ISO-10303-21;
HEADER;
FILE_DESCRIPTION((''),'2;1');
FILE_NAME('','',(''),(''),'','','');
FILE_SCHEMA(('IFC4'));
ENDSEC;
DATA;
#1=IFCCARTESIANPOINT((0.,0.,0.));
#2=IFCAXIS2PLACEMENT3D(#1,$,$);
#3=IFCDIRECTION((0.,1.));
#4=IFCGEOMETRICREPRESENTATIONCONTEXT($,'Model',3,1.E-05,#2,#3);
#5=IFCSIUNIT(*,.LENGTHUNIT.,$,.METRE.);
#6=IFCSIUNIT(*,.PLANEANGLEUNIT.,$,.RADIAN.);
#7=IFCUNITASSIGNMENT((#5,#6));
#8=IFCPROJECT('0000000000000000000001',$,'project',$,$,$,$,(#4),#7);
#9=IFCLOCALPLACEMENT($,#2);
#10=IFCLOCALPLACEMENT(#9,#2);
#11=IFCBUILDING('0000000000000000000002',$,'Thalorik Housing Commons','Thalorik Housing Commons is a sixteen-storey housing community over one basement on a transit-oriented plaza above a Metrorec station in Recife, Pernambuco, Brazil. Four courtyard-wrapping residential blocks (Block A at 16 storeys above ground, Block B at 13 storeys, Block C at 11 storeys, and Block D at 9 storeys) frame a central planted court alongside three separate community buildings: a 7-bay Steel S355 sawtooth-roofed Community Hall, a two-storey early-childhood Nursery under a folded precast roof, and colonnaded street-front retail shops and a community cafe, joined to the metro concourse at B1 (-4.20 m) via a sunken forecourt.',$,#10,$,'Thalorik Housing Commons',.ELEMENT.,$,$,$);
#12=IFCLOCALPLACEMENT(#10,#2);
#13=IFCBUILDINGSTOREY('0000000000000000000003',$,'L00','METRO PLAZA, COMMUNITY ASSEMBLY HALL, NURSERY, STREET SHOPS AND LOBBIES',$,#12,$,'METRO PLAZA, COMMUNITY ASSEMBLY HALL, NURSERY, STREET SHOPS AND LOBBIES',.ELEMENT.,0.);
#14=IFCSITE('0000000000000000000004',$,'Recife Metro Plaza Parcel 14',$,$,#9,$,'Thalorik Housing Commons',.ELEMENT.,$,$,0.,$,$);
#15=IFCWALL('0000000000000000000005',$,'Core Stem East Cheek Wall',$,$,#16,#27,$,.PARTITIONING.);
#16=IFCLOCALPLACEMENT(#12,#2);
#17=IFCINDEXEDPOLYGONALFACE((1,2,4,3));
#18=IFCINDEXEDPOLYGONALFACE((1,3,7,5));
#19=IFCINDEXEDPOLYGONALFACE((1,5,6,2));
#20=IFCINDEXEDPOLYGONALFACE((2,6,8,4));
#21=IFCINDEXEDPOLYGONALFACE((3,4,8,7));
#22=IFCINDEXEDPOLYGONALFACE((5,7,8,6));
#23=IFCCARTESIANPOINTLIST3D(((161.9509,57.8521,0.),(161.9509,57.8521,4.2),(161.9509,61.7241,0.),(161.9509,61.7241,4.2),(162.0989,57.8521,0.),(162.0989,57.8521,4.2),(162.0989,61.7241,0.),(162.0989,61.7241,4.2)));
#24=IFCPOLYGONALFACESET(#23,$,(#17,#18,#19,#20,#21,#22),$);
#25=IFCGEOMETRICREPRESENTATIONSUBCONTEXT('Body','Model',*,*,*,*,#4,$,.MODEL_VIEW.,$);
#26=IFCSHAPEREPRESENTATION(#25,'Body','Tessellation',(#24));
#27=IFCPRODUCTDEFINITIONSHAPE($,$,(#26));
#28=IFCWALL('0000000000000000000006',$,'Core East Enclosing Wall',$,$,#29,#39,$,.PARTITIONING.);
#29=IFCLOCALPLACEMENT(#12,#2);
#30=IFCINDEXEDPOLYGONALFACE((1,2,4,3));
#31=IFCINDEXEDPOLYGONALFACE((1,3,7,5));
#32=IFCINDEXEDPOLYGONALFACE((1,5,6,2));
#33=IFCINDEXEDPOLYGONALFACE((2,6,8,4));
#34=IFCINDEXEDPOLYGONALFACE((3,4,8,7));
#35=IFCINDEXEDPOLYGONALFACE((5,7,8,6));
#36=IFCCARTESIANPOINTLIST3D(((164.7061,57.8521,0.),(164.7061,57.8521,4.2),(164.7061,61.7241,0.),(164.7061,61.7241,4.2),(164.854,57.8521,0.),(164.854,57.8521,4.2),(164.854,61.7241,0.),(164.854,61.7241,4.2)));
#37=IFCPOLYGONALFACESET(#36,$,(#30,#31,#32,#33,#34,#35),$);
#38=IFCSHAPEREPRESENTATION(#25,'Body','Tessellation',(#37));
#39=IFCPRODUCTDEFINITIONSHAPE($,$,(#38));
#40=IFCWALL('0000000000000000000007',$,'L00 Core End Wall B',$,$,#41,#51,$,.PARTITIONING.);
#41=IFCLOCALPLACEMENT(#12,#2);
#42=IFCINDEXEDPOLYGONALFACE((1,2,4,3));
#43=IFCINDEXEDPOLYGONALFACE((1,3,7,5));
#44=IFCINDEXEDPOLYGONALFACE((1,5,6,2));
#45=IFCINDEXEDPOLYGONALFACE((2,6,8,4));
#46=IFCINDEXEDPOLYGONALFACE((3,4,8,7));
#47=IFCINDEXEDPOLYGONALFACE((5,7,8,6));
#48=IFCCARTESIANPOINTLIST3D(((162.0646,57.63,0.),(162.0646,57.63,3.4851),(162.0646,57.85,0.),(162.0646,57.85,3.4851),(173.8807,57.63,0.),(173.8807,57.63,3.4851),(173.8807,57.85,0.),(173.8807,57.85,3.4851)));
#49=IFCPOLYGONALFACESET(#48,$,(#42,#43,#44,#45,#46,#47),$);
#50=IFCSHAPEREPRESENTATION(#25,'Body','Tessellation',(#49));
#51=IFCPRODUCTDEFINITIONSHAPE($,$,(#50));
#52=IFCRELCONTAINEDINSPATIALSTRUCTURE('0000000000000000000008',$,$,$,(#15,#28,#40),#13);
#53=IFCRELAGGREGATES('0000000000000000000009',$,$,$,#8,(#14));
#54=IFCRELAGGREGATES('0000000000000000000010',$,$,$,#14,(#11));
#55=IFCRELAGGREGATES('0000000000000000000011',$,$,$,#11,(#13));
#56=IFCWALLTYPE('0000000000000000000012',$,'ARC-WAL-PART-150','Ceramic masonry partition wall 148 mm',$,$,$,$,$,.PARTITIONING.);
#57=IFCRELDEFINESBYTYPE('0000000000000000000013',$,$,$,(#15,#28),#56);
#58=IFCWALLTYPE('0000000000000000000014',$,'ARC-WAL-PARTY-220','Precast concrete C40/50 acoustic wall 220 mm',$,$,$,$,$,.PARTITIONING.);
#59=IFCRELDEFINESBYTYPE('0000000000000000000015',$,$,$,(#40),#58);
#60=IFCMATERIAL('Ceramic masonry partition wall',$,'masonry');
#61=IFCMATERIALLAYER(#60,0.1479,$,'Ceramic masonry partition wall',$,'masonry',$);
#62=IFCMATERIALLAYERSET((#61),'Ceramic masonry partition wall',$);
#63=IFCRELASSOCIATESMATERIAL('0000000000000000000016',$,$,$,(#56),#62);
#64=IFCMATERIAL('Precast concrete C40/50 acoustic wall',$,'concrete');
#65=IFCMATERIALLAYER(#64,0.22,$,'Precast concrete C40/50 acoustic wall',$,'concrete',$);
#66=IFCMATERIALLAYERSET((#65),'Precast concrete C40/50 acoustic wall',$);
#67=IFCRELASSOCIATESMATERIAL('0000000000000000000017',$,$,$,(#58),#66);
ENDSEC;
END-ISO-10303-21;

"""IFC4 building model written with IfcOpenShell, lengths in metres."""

from ifc_helpers import new_model, si_unit, direction, frame, frame_2d, origin, place, context, subcontext, project, spatial, rectangle, extrude, material, layer, layer_set, type_object, element, save


model = new_model("IFC4")

# Units and contexts
model_context = context("Model", 3, precision=1e-05, world=origin(), true_north=direction((0.0, 1.0)))
body_context = subcontext(model_context, "Body", "Model", "MODEL_VIEW")
ifc_project = project(units=[si_unit("LENGTHUNIT", "METRE"), si_unit("PLANEANGLEUNIT", "RADIAN")], contexts=[model_context])

# Site, building, storey
site_placement = place(None, origin())
site = spatial("IfcSite", under=ifc_project, at=site_placement, Name="Recife Metro Plaza Parcel 14", LongName="Thalorik Housing Commons", CompositionType="ELEMENT", RefElevation=0.0)
building_placement = place(site_placement, origin())
building = spatial("IfcBuilding", under=site, at=building_placement, Name="Thalorik Housing Commons", Description="Thalorik Housing Commons is a sixteen-storey housing community over one basement on a transit-oriented plaza above a Metrorec station in Recife, Pernambuco, Brazil. Four courtyard-wrapping residential blocks (Block A at 16 storeys above ground, Block B at 13 storeys, Block C at 11 storeys, and Block D at 9 storeys) frame a central planted court alongside three separate community buildings: a 7-bay Steel S355 sawtooth-roofed Community Hall, a two-storey early-childhood Nursery under a folded precast roof, and colonnaded street-front retail shops and a community cafe, joined to the metro concourse at B1 (-4.20 m) via a sunken forecourt.", LongName="Thalorik Housing Commons", CompositionType="ELEMENT")
storey_placement = place(building_placement, origin())
storey = spatial("IfcBuildingStorey", under=building, at=storey_placement, Name="L00", Description="METRO PLAZA, COMMUNITY ASSEMBLY HALL, NURSERY, STREET SHOPS AND LOBBIES", LongName="METRO PLAZA, COMMUNITY ASSEMBLY HALL, NURSERY, STREET SHOPS AND LOBBIES", CompositionType="ELEMENT", Elevation=0.0)

# Walls
ifc_material_1 = material(Name="Ceramic masonry partition wall", Category="masonry")
ifc_layer_1 = layer(ifc_material_1, 0.1479, Name="Ceramic masonry partition wall", Category="masonry")
ifc_layer_set_1 = layer_set([ifc_layer_1], Name="Ceramic masonry partition wall")
wall_type_1 = type_object("IfcWallType", Name="ARC-WAL-PART-150", Description="Ceramic masonry partition wall 148 mm", PredefinedType="PARTITIONING", material=ifc_layer_set_1)
for number, where, z_axis, x_axis, name in (
    (1, (162.0249, 61.7241, 0.0), (0.0, 0.0, 1.0), (0.0, -1.0, 0.0), "Core Stem East Cheek Wall"),
    (2, (164.78, 61.7241, 0.0), (0.0, 0.0, 1.0), (0.0, -1.0, 0.0), "Core East Enclosing Wall"),
):
    element("IfcWall", number, at=place(storey_placement, frame(where, z_axis=z_axis, x_axis=x_axis)), inside=storey, type_object=wall_type_1, Name=name, PredefinedType="PARTITIONING", context=body_context, shape_type="SweptSolid", body=[
        extrude(rectangle(XDim=3.8721, YDim=0.1479, at=frame_2d((1.936, 0.0))), origin(), (0.0, 0.0, 1.0), 4.2),
    ])

# Wall
ifc_material_2 = material(Name="Precast concrete C40/50 acoustic wall", Category="concrete")
ifc_layer_2 = layer(ifc_material_2, 0.22, Name="Precast concrete C40/50 acoustic wall", Category="concrete")
ifc_layer_set_2 = layer_set([ifc_layer_2], Name="Precast concrete C40/50 acoustic wall")
wall_type_2 = type_object("IfcWallType", Name="ARC-WAL-PARTY-220", Description="Precast concrete C40/50 acoustic wall 220 mm", PredefinedType="PARTITIONING", material=ifc_layer_set_2)
wall_1_placement = place(storey_placement, frame((162.0645, 57.74, 0.0), z_axis=(0.0, 0.0, 1.0), x_axis=(1.0, 0.0, 0.0)))
element("IfcWall", 3, at=wall_1_placement, inside=storey, type_object=wall_type_2, Name="L00 Core End Wall B", PredefinedType="PARTITIONING", context=body_context, shape_type="SweptSolid", body=[
    extrude(rectangle(XDim=11.8162, YDim=0.22, at=frame_2d((5.9082, 0.0))), origin(), (0.0, 0.0, 1.0), 3.4851),
])

save(model, "model.ifc")
